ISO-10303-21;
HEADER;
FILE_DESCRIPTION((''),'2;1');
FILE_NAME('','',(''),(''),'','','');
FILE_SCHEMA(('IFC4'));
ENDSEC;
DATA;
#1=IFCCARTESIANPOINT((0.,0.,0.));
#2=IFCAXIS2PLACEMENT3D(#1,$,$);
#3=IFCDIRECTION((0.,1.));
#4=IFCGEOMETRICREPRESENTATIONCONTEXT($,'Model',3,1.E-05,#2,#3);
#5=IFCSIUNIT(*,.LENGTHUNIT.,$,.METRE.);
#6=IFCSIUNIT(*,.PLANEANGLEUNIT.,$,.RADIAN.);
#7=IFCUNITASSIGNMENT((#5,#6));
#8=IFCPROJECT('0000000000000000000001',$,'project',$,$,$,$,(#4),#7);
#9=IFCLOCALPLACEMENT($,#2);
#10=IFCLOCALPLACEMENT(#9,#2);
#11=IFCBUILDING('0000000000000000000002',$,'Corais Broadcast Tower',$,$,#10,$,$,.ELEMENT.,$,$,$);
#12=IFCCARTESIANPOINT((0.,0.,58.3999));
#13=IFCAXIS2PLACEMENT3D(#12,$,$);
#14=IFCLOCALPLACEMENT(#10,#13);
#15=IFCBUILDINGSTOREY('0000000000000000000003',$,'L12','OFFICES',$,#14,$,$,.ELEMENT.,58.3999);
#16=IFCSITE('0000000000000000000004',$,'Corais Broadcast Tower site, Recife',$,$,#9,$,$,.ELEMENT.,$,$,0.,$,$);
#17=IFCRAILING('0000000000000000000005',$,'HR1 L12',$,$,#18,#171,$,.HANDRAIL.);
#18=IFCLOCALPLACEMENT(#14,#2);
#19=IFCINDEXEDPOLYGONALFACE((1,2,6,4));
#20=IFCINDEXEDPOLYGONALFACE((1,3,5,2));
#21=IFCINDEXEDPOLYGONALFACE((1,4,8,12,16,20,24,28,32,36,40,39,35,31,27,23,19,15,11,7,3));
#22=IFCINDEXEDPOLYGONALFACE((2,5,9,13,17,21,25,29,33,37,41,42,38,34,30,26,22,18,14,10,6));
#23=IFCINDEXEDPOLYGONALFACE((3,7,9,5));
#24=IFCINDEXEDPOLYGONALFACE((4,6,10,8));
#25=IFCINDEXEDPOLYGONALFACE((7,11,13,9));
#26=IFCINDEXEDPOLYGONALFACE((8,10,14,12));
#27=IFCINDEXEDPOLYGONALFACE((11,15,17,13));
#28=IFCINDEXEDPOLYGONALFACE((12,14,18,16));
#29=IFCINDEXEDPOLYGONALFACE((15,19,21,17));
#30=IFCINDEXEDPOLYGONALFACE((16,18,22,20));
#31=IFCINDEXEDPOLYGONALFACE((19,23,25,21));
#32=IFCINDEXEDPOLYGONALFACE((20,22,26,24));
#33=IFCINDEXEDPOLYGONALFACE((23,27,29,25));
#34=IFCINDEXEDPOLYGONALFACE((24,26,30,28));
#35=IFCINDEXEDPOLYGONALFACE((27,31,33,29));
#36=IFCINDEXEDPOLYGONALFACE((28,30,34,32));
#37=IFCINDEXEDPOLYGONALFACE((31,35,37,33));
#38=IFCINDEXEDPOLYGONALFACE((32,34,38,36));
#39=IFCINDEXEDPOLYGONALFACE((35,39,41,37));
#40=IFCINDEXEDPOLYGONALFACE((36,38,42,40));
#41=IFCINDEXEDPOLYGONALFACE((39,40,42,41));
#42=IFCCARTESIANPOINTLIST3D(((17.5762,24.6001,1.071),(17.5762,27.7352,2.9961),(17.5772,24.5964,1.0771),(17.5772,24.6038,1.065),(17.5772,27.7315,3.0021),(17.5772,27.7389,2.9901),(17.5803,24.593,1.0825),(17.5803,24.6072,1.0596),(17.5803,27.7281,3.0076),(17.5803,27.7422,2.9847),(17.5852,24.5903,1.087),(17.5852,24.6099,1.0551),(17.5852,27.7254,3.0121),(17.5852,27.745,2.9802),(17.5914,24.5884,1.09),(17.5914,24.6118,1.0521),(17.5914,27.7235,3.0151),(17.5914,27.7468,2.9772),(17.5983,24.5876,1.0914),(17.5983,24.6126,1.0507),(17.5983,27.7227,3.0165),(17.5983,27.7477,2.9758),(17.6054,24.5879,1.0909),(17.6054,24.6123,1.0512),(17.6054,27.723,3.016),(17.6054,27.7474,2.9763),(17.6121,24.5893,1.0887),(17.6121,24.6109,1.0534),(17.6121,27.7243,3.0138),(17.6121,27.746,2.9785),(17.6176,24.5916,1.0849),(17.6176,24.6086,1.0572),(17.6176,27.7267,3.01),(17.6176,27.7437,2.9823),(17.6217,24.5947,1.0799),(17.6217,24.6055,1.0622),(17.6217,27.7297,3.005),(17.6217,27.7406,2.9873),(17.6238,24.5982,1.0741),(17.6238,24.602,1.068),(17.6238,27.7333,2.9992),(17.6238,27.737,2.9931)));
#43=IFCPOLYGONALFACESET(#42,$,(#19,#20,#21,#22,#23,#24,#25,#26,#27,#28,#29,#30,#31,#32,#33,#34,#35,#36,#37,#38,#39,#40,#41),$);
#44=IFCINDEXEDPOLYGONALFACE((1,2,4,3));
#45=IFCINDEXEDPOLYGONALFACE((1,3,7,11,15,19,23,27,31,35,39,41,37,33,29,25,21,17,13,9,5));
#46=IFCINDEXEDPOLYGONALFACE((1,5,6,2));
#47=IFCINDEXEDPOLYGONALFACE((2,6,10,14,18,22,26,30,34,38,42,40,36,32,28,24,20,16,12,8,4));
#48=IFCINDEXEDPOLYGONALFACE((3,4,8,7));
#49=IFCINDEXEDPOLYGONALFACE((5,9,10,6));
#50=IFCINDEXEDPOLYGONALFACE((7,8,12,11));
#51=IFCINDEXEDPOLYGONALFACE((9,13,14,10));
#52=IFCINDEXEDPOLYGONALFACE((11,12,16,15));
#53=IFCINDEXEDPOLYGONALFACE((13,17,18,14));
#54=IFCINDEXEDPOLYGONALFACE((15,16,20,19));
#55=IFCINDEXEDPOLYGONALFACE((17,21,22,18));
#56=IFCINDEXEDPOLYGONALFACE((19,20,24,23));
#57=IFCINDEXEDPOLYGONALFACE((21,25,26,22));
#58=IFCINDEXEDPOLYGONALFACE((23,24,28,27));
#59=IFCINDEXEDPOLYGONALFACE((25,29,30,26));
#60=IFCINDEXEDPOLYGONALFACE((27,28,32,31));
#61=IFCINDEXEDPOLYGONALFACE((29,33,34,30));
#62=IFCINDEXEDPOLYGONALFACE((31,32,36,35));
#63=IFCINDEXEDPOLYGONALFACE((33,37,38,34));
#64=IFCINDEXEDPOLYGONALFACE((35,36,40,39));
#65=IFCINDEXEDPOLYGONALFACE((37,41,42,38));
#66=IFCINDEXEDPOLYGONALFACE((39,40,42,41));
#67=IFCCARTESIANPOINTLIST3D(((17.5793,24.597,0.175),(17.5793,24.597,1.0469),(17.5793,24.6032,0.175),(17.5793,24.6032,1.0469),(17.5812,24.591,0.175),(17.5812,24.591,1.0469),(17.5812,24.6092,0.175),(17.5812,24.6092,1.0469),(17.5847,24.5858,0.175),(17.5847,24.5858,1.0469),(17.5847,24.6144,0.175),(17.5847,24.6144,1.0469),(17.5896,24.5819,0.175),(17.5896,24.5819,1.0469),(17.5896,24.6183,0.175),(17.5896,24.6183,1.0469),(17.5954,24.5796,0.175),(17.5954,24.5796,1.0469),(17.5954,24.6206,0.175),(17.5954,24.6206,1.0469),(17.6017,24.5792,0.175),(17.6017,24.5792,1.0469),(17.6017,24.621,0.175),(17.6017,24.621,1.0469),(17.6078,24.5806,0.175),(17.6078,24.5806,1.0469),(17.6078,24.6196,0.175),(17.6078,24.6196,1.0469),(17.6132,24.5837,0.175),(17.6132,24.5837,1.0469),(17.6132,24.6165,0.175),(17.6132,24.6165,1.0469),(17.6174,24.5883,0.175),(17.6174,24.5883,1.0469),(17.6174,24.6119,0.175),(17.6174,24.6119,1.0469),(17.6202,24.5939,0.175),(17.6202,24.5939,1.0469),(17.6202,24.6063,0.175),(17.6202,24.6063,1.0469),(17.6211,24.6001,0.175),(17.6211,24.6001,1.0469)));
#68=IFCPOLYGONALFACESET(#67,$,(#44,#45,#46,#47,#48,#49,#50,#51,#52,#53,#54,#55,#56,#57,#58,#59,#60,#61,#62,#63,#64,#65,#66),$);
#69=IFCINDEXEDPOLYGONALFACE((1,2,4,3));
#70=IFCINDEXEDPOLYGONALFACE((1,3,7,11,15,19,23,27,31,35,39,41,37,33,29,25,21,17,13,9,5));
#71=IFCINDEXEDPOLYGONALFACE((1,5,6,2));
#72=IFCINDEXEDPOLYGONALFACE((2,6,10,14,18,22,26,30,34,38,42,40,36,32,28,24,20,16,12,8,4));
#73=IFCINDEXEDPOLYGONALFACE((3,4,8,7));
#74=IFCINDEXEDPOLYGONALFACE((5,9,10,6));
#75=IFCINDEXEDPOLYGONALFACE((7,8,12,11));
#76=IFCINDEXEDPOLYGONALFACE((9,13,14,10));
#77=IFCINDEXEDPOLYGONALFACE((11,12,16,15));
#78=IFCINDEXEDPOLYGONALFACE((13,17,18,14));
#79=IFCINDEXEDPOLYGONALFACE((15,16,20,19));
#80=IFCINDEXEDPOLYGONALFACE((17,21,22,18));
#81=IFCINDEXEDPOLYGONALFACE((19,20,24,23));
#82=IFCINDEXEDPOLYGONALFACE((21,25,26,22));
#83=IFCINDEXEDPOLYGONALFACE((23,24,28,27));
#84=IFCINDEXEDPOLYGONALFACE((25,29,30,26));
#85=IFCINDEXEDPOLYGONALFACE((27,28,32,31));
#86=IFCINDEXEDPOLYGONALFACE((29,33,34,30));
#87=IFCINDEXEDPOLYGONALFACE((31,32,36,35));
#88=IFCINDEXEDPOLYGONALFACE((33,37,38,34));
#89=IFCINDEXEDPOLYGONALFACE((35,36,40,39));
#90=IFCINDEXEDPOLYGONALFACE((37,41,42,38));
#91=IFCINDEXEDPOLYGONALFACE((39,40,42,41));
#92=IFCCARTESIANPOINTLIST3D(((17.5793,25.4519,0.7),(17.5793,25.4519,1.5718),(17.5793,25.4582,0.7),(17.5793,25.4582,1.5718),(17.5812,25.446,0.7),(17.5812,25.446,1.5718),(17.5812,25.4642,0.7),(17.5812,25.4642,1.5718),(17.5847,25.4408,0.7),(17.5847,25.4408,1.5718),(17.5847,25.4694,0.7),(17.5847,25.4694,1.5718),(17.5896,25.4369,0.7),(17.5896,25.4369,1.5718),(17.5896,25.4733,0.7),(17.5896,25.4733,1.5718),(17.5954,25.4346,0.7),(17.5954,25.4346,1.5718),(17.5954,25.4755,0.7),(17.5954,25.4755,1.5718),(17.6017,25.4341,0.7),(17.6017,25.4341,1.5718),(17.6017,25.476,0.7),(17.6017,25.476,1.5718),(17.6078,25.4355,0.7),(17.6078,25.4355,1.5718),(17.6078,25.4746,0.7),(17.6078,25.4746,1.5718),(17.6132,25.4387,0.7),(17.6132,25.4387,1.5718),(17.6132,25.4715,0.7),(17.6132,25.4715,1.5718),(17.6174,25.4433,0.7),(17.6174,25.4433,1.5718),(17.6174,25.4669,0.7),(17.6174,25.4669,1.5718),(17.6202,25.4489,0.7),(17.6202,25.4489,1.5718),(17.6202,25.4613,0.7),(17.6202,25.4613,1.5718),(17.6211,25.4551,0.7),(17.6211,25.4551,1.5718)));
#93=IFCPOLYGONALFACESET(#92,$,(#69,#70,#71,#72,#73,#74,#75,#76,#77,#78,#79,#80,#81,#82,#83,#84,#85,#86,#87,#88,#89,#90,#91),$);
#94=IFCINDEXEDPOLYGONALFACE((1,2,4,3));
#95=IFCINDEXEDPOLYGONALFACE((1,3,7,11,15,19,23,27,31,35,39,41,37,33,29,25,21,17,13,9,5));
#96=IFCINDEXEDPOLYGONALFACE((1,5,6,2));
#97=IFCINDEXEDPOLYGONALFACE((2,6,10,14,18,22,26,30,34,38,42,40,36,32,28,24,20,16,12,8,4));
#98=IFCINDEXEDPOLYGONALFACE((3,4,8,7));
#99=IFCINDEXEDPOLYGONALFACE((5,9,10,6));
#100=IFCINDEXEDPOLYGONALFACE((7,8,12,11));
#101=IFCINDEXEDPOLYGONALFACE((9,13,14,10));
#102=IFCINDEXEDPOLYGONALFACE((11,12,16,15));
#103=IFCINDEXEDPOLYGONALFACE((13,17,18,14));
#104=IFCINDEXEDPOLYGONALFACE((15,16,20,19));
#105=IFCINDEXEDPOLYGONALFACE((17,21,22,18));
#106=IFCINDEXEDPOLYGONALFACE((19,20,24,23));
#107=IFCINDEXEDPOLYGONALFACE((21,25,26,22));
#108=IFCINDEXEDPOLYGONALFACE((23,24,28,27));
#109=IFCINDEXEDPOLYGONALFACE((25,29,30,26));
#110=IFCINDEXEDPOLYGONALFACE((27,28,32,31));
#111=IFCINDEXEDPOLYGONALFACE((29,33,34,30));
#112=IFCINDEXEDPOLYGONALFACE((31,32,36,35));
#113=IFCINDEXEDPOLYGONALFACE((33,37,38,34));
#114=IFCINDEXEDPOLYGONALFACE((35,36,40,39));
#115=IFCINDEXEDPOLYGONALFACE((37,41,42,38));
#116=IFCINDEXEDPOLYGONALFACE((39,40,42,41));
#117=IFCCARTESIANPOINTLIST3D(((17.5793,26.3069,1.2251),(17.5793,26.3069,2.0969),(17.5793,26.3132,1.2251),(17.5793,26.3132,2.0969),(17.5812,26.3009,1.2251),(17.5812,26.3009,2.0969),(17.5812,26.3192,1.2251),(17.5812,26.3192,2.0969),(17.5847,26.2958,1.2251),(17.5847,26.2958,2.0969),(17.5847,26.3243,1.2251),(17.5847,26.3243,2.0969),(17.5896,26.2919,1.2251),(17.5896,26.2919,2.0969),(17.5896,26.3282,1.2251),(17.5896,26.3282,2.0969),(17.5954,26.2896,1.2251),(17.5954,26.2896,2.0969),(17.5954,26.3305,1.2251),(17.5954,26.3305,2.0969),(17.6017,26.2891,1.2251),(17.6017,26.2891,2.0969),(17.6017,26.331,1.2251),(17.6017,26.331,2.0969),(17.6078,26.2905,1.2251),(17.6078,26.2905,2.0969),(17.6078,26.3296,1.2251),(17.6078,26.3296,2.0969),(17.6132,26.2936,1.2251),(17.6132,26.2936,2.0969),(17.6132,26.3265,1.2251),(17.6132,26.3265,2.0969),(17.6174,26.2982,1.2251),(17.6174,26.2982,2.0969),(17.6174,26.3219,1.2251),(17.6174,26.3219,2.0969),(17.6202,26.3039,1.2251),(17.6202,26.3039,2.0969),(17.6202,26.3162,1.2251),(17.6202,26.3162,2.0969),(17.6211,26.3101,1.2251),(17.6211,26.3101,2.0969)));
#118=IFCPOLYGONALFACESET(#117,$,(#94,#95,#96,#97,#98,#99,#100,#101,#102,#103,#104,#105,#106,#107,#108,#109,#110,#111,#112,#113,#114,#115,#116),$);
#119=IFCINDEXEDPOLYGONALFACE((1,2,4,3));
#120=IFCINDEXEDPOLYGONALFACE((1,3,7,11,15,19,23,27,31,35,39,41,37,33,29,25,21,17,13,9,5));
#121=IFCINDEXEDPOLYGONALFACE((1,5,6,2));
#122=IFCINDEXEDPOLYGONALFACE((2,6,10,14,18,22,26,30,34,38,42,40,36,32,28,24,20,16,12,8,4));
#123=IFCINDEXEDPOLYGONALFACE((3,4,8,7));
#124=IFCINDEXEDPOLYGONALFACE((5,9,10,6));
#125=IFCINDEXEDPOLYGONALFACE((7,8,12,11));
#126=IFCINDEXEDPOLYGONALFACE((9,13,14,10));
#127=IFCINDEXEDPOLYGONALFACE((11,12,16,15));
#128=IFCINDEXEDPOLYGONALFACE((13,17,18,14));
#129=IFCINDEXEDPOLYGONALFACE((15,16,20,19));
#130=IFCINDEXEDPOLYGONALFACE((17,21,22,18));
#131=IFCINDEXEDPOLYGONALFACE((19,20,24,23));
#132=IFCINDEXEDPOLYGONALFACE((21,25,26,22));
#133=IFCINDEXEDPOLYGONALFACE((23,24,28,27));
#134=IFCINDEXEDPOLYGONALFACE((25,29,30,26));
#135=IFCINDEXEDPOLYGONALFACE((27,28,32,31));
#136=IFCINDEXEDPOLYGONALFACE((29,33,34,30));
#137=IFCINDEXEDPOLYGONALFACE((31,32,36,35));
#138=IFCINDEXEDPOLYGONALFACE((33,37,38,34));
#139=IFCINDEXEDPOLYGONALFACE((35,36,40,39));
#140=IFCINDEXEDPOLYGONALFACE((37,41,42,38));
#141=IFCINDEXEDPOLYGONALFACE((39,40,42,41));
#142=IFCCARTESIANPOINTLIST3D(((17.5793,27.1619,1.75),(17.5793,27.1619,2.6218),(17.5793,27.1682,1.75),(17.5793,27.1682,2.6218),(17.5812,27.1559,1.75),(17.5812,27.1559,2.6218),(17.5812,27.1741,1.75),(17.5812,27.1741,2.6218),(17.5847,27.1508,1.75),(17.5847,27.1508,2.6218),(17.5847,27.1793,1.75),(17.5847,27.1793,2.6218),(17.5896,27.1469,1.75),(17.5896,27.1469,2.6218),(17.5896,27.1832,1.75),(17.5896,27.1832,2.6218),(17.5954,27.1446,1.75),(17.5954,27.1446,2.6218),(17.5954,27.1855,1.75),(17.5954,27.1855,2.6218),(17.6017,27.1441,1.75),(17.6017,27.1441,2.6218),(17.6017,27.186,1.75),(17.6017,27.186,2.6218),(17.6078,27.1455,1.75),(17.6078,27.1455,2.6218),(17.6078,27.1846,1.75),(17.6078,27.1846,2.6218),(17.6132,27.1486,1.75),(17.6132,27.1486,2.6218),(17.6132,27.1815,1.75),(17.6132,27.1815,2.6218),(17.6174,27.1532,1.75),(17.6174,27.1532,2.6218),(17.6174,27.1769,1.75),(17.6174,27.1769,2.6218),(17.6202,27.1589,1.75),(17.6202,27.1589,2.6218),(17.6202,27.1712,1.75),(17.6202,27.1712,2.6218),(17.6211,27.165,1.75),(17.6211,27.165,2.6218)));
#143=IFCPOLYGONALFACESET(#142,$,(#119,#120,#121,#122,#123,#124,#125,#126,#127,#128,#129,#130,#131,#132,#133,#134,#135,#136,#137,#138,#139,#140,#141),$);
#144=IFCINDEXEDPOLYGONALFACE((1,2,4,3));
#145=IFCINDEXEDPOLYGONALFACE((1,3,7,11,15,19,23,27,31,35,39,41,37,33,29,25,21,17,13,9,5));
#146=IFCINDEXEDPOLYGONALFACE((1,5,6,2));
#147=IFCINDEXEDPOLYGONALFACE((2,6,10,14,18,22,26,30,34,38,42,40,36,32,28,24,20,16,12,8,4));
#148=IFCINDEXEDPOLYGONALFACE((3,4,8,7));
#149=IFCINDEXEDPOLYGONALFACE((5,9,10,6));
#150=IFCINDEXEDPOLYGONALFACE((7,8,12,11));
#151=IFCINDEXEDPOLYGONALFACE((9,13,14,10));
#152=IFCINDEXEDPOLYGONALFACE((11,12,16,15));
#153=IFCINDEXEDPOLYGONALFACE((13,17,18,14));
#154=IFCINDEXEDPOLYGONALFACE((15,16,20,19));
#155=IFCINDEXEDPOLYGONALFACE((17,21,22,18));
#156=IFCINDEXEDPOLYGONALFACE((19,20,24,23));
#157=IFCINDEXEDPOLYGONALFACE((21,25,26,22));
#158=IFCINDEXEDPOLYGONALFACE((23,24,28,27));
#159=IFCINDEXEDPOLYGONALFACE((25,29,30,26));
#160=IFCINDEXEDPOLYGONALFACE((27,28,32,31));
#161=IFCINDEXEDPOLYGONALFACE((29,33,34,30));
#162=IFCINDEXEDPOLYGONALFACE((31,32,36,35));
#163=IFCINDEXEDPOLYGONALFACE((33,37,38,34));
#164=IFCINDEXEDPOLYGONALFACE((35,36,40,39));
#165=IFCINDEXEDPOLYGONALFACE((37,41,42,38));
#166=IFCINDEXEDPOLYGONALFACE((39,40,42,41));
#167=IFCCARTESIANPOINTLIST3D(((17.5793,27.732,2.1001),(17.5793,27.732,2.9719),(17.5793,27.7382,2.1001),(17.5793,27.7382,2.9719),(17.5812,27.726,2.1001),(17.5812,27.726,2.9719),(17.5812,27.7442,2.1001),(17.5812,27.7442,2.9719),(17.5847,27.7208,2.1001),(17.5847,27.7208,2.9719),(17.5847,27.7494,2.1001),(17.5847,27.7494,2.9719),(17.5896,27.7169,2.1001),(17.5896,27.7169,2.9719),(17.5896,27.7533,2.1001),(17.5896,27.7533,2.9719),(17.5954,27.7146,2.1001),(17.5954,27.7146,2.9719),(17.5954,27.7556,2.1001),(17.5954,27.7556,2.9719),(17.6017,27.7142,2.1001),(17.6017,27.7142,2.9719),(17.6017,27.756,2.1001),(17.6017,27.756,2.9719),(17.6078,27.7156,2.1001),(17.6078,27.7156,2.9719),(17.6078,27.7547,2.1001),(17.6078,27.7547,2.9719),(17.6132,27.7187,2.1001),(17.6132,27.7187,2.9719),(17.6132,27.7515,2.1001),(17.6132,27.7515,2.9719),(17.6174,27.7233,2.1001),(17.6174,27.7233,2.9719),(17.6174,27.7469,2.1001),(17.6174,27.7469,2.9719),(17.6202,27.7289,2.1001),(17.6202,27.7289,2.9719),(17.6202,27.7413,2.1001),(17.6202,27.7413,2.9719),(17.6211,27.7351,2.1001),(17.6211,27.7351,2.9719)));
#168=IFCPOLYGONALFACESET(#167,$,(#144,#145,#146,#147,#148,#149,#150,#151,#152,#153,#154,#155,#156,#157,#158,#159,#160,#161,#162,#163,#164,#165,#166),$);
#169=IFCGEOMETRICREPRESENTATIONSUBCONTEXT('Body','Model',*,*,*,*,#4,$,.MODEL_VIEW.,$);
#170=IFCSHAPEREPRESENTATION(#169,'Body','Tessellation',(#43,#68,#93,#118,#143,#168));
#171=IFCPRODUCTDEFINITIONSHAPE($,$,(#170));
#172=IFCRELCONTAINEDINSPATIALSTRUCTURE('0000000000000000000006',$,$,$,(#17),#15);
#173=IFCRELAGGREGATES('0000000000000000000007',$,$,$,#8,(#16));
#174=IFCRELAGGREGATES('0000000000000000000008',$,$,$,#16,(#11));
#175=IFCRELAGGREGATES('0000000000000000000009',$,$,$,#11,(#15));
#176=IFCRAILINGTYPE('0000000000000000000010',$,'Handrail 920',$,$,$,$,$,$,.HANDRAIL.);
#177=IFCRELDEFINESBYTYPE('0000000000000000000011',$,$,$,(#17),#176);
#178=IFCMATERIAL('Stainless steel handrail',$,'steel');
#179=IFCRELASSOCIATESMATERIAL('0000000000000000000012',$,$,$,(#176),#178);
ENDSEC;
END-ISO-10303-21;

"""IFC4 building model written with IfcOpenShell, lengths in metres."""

from ifc_helpers import new_model, si_unit, direction, frame, origin, origin_2d, place, context, subcontext, project, spatial, circle, extrude, material, type_object, element, save


model = new_model("IFC4")

# Units and contexts
model_context = context("Model", 3, precision=1e-05, world=origin(), true_north=direction((0.0, 1.0)))
body_context = subcontext(model_context, "Body", "Model", "MODEL_VIEW")
ifc_project = project(units=[si_unit("LENGTHUNIT", "METRE"), si_unit("PLANEANGLEUNIT", "RADIAN")], contexts=[model_context])

# Site, building, storey
site_placement = place(None, origin())
site = spatial("IfcSite", under=ifc_project, at=site_placement, Name="Corais Broadcast Tower site, Recife", CompositionType="ELEMENT", RefElevation=0.0)
building_placement = place(site_placement, origin())
building = spatial("IfcBuilding", under=site, at=building_placement, Name="Corais Broadcast Tower", CompositionType="ELEMENT")
storey_placement = place(building_placement, frame((0.0, 0.0, 58.3999)))
storey = spatial("IfcBuildingStorey", under=building, at=storey_placement, Name="L12", Description="OFFICES", CompositionType="ELEMENT", Elevation=58.3999)

# Railing
ifc_material_1 = material(Name="Stainless steel handrail", Category="steel")
railing_type = type_object("IfcRailingType", Name="Handrail 920", PredefinedType="HANDRAIL", material=ifc_material_1)
for number, where, name in (
    (1, (17.6001, 24.6001, 0.175), "HR1 L12"),
):
    element("IfcRailing", number, at=place(storey_placement, frame(where)), inside=storey, type_object=railing_type, Name=name, PredefinedType="HANDRAIL", context=body_context, shape_type="SweptSolid", body=[
        extrude(circle(Radius=0.0239, at=origin_2d()), frame((0.0, 0.0, 0.896), z_axis=(0.0, 0.852166, 0.523271), x_axis=(-1.0, 0.0, 0.0)), (0.0, 0.0, 1.0), 3.679),
        extrude(circle(Radius=0.021, at=origin_2d()), origin(), (0.0, 0.0, 1.0), 0.8718),
        extrude(circle(Radius=0.021, at=origin_2d()), frame((0.0, 0.855, 0.5249)), (0.0, 0.0, 1.0), 0.8718),
        extrude(circle(Radius=0.021, at=origin_2d()), frame((0.0, 1.71, 1.05)), (0.0, 0.0, 1.0), 0.8718),
        extrude(circle(Radius=0.021, at=origin_2d()), frame((0.0, 2.5649, 1.575)), (0.0, 0.0, 1.0), 0.8718),
        extrude(circle(Radius=0.021, at=origin_2d()), frame((0.0, 3.135, 1.925)), (0.0, 0.0, 1.0), 0.8718),
    ])

save(model, "model.ifc")
